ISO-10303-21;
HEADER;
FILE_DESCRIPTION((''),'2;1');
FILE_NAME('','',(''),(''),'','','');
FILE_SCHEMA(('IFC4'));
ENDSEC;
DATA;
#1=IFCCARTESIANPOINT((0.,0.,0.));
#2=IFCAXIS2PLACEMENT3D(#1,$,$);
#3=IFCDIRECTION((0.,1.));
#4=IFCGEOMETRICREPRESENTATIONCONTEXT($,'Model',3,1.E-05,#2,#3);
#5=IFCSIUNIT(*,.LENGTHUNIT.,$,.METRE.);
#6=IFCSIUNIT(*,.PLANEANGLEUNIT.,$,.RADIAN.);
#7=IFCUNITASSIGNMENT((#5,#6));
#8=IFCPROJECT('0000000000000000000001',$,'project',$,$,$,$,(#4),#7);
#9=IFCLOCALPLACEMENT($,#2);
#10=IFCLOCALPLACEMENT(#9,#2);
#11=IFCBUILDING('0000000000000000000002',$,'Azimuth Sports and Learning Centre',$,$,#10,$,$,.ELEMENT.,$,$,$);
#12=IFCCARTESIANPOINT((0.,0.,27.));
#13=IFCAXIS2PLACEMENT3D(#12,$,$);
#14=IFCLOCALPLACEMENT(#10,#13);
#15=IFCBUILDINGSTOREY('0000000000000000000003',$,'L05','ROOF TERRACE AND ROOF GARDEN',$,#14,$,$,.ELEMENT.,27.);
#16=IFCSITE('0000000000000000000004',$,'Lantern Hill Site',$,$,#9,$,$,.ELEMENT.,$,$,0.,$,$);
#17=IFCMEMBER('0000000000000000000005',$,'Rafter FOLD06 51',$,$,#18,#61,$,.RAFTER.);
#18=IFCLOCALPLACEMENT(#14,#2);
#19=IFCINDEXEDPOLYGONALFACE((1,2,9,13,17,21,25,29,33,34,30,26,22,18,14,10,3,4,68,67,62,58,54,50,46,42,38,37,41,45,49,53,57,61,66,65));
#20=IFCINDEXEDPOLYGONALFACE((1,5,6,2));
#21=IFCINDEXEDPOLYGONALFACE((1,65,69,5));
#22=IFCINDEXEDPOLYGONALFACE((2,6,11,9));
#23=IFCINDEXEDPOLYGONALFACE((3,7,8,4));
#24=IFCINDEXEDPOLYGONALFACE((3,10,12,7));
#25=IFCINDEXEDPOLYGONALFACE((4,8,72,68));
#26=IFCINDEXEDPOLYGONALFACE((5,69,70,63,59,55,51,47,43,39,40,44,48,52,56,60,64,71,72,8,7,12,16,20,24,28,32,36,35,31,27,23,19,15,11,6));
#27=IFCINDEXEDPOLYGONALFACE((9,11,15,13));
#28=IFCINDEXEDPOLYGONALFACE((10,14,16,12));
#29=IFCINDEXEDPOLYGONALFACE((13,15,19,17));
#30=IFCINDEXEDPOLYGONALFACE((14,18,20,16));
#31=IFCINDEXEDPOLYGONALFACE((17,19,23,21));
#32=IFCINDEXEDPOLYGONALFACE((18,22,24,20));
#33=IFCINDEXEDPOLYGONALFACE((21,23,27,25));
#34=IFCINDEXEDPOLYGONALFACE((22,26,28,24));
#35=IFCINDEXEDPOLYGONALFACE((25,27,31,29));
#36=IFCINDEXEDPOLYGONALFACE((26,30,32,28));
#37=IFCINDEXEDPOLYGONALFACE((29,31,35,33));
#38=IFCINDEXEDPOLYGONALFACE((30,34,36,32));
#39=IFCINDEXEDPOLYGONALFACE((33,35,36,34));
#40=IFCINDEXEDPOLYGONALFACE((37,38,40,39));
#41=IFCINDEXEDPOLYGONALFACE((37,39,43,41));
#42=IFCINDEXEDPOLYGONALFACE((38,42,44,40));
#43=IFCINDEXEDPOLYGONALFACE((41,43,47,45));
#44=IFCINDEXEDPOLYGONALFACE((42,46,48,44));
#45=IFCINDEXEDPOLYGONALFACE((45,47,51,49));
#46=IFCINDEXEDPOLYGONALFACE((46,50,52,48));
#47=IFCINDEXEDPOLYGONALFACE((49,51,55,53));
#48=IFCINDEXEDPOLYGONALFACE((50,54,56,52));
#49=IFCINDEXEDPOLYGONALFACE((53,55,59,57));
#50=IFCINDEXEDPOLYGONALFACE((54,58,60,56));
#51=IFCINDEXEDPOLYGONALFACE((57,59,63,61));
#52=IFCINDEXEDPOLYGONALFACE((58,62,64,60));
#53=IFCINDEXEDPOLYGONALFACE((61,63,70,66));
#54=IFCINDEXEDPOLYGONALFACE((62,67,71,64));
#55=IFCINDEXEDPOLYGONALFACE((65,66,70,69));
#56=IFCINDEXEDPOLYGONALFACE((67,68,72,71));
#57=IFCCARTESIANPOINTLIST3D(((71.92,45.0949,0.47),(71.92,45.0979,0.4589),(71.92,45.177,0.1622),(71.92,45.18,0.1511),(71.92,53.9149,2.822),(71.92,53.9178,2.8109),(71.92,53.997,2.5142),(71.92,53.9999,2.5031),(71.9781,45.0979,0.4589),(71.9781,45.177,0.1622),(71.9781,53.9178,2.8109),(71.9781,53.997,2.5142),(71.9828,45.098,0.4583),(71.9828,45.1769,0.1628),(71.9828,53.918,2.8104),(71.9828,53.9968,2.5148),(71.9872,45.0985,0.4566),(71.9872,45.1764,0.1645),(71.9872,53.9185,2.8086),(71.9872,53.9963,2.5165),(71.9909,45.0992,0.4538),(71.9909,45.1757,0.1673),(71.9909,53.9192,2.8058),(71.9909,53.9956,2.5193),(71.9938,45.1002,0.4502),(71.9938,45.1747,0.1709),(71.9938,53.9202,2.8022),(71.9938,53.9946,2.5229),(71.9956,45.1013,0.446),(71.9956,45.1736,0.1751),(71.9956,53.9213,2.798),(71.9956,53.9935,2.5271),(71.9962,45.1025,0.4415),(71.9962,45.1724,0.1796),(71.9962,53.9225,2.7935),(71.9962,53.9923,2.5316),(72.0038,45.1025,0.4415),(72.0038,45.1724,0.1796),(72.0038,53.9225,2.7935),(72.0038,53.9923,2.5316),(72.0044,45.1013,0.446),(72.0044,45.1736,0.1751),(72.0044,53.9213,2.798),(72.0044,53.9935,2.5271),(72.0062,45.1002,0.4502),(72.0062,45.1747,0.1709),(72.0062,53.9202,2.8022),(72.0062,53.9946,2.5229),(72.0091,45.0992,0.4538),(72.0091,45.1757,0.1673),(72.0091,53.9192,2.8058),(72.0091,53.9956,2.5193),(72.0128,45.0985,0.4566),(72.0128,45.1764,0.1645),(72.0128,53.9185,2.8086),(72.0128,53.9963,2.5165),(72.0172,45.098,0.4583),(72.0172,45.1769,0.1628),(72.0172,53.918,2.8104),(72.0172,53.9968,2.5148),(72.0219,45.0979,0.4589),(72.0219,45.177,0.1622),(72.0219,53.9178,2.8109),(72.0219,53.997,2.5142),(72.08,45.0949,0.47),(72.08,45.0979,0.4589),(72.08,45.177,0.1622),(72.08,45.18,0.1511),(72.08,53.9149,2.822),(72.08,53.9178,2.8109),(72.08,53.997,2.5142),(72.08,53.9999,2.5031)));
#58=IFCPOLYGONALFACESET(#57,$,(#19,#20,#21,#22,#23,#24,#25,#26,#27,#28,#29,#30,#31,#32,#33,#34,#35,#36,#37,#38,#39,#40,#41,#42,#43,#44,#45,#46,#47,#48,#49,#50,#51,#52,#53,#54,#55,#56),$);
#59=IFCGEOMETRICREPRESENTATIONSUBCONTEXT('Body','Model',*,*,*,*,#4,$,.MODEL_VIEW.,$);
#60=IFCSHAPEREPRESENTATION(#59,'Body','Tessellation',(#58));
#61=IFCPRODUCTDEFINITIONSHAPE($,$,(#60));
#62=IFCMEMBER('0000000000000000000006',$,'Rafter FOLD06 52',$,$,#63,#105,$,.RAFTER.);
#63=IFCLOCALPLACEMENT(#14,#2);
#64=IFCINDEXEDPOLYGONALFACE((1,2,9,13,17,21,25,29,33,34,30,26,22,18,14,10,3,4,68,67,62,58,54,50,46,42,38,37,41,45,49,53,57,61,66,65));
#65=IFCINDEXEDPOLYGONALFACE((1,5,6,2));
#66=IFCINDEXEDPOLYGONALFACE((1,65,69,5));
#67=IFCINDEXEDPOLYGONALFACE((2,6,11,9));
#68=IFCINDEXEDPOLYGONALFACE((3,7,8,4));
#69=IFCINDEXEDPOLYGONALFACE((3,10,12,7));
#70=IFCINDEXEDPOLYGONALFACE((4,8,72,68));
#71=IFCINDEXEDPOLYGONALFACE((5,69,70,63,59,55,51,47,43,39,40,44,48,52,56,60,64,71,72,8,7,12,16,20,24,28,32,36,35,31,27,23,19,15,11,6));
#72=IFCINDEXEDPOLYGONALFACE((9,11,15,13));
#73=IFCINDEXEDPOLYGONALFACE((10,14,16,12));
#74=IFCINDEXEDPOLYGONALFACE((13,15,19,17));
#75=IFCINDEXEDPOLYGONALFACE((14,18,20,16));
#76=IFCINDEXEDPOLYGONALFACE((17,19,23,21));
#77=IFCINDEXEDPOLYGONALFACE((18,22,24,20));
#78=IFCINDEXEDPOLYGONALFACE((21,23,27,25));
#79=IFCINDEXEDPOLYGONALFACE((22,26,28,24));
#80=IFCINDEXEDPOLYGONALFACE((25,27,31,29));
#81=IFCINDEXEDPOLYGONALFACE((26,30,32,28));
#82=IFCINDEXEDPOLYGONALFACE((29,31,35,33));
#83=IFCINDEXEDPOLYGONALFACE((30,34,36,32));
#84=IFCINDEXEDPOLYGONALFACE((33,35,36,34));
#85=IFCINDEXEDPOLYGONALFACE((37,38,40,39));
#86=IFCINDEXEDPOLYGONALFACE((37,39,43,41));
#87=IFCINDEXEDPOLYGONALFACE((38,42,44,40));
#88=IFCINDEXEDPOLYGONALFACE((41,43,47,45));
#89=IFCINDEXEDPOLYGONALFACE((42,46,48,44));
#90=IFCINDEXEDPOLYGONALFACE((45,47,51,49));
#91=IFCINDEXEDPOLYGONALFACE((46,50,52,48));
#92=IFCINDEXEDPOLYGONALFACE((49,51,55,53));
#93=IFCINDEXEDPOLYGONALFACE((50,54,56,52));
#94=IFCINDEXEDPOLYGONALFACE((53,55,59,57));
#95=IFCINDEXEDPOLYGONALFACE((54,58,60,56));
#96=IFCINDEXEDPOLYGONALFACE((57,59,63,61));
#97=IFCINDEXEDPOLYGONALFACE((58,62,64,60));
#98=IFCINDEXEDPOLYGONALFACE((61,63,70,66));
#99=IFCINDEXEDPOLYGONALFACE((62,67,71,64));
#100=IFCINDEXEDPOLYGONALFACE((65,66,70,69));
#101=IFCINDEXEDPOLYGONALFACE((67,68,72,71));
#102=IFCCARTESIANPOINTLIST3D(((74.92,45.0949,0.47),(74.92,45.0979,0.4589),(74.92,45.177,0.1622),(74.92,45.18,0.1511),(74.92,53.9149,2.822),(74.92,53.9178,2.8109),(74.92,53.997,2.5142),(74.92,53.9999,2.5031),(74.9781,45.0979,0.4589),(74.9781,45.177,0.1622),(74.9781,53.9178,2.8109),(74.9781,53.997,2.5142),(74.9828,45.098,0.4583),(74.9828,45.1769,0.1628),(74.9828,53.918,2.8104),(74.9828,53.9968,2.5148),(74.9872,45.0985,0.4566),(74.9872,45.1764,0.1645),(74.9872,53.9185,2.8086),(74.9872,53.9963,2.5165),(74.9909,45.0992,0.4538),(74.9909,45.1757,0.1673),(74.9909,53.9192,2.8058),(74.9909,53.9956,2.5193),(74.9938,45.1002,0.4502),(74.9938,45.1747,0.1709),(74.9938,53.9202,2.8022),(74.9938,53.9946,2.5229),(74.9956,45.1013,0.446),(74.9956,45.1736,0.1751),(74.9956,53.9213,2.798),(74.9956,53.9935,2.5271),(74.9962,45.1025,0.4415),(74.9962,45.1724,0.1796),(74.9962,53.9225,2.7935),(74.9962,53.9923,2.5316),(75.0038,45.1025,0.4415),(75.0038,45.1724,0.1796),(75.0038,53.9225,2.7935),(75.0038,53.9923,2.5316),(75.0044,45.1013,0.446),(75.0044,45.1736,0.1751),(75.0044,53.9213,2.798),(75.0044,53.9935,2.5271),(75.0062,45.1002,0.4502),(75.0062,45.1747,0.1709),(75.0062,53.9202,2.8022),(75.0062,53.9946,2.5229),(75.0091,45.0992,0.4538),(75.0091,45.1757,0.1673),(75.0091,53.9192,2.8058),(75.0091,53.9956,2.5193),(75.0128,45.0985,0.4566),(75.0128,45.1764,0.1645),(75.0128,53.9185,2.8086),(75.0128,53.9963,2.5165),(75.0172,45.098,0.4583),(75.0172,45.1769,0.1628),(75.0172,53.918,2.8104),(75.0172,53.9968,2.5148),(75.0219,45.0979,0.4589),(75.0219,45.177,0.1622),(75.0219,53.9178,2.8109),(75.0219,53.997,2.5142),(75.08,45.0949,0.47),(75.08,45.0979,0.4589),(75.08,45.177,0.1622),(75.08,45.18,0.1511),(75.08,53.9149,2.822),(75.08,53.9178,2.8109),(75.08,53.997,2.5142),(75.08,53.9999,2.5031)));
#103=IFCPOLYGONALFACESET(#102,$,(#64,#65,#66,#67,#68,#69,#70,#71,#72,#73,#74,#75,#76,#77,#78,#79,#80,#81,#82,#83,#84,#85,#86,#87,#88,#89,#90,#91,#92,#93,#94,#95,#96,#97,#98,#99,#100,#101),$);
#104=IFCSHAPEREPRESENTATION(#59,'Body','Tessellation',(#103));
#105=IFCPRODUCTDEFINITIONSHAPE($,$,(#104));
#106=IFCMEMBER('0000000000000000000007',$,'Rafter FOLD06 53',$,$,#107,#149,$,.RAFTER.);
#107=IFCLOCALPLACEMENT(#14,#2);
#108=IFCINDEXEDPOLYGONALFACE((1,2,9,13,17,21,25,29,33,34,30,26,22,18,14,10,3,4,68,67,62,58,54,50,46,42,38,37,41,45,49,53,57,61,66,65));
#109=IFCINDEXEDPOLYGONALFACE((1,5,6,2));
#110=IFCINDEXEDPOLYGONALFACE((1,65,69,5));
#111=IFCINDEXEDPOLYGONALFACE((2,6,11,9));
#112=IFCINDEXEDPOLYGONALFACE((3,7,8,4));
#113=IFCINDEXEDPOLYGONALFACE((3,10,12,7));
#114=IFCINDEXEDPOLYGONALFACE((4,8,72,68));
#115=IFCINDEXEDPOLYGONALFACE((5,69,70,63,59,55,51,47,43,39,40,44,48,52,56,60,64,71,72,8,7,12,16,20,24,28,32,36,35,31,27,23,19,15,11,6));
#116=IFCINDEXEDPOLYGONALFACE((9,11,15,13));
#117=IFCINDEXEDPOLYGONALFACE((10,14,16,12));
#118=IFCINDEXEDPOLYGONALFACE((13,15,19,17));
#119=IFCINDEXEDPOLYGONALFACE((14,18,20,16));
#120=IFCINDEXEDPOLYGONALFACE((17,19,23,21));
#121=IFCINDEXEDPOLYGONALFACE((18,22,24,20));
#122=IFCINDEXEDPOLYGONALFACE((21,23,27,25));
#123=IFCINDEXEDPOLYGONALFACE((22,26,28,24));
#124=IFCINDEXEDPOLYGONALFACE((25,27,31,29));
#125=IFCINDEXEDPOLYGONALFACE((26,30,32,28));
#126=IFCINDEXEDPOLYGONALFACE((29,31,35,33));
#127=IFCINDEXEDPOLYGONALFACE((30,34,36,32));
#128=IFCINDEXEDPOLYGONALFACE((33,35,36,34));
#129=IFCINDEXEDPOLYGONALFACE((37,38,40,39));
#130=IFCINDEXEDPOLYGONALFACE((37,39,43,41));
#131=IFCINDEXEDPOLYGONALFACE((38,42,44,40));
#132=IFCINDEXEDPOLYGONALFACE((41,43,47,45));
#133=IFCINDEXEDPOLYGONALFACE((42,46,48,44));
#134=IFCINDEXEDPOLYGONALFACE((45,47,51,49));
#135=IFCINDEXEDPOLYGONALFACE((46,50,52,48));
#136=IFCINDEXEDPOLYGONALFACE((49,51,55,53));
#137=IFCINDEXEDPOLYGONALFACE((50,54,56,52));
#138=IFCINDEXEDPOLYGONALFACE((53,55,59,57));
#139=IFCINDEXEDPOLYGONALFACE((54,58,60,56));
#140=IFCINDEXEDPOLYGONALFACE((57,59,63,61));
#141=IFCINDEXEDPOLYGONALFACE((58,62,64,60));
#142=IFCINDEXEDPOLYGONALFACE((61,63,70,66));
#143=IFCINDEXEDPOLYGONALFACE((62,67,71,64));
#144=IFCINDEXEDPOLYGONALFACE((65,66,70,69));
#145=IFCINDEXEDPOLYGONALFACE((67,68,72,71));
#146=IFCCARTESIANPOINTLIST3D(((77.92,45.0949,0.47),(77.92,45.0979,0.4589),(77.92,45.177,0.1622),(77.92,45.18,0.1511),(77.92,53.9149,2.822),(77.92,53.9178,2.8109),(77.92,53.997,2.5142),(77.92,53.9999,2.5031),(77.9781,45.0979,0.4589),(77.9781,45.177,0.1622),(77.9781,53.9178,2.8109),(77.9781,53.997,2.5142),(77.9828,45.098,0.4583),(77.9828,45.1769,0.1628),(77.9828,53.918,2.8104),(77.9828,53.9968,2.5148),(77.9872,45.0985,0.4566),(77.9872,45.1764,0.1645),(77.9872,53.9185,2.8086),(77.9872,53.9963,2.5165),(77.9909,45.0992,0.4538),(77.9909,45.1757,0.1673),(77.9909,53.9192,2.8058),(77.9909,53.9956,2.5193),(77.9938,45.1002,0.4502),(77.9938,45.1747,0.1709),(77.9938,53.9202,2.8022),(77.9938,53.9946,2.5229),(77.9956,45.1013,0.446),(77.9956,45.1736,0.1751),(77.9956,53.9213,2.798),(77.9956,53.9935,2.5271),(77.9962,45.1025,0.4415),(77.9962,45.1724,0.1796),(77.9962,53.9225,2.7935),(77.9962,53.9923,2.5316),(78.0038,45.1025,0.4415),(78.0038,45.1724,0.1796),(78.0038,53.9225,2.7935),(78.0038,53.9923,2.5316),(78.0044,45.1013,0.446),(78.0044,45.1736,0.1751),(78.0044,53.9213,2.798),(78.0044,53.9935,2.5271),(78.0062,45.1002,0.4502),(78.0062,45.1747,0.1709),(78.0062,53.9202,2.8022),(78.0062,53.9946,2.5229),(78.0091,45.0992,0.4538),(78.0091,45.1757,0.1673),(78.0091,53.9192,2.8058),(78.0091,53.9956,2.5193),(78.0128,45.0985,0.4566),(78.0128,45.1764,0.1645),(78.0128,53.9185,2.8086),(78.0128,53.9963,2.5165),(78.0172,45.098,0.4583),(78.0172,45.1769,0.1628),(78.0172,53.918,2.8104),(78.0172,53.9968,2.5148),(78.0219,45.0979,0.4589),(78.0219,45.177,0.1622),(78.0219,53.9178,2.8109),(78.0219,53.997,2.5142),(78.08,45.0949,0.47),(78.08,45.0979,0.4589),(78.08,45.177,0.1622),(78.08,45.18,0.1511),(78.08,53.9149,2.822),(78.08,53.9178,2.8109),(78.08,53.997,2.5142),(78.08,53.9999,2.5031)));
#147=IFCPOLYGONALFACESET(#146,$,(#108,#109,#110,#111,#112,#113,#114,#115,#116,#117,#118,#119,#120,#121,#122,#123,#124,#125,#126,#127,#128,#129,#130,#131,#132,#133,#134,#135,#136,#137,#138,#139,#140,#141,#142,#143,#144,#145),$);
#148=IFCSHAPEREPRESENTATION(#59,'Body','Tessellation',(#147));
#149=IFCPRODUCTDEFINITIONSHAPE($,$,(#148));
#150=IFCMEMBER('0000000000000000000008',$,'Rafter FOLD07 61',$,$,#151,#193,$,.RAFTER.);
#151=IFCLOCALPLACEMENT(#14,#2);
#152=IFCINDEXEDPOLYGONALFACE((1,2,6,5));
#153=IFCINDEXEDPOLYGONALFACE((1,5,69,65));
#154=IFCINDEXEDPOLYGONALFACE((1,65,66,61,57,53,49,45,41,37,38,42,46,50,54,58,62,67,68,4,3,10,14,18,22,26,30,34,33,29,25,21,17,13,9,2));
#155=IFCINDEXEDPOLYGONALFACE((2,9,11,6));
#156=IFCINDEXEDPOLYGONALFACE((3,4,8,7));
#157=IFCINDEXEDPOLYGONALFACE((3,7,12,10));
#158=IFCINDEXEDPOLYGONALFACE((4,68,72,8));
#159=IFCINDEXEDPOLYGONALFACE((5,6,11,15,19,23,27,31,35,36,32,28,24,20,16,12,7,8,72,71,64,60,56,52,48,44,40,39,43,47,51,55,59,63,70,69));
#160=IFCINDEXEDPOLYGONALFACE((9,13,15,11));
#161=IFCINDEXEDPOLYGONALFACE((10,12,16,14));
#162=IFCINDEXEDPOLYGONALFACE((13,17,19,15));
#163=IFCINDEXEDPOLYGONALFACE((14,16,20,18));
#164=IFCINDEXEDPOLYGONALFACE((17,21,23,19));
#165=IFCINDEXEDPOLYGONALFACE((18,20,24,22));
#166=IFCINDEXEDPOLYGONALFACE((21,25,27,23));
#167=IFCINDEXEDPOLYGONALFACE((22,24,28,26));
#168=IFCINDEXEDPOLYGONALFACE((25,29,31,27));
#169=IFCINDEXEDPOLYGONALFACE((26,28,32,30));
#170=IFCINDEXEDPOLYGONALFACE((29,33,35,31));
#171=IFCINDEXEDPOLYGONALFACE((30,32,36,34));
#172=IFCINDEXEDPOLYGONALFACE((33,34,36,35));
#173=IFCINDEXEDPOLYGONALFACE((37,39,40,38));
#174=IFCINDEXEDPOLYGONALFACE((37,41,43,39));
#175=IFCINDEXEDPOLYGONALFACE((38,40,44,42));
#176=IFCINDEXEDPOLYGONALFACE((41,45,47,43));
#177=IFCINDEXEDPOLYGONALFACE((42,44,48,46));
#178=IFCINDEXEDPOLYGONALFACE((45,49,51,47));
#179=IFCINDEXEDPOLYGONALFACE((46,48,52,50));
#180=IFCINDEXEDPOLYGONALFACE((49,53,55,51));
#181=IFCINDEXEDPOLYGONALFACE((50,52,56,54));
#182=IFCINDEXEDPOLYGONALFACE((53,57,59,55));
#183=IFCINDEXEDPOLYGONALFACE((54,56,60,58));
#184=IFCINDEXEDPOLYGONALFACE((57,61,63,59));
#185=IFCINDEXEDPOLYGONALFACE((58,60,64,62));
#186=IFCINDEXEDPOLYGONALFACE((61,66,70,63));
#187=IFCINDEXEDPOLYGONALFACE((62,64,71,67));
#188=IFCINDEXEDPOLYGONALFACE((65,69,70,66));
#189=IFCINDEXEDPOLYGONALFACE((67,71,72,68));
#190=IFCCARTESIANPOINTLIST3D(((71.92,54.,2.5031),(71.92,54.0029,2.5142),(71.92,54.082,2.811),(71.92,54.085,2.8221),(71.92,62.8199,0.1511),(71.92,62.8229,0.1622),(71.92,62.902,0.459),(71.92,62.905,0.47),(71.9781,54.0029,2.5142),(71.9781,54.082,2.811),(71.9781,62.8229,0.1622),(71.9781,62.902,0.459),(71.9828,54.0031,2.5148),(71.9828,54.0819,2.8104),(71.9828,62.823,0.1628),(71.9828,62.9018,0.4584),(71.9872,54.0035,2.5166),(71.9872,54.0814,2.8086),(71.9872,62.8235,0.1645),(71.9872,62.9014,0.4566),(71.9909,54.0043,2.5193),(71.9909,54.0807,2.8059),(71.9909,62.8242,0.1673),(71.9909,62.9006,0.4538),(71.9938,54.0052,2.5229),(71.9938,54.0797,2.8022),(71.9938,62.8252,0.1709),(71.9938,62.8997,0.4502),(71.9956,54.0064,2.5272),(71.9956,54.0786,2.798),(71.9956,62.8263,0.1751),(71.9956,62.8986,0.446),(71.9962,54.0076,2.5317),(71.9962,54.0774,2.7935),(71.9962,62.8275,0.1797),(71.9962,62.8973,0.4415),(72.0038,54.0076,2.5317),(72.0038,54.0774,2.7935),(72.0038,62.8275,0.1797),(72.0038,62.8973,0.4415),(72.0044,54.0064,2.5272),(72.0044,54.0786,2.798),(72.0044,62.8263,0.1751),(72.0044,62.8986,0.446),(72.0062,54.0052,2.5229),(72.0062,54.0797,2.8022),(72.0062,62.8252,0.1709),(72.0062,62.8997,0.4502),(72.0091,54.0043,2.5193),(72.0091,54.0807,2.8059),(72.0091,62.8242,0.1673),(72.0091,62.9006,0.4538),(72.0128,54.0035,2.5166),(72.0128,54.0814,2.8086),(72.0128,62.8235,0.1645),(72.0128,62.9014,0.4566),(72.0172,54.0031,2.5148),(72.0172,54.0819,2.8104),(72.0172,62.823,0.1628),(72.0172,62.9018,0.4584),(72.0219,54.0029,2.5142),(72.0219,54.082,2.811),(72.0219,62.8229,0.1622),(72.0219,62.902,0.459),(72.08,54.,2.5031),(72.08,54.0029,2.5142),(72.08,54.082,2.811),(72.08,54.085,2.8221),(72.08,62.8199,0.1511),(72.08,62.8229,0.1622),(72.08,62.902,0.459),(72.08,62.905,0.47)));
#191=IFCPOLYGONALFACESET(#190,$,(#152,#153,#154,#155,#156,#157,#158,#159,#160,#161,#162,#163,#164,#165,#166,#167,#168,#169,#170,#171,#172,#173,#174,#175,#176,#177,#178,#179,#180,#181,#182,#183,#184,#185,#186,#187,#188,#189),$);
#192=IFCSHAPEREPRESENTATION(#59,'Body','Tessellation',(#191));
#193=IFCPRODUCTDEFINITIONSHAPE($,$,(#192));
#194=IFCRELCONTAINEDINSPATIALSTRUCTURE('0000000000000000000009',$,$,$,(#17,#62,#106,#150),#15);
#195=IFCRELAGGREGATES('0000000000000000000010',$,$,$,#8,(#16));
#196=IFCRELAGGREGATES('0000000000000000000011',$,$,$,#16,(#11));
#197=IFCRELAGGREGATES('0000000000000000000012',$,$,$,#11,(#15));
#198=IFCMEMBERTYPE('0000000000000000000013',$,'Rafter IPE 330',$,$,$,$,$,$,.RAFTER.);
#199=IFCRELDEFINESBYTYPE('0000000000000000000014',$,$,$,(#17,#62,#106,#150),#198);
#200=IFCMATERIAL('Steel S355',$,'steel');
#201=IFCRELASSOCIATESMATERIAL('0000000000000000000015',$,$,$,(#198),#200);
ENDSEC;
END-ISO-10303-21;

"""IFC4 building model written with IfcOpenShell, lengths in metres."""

from ifc_helpers import new_model, si_unit, direction, frame, origin, origin_2d, place, context, subcontext, project, spatial, i_section, extrude, material, material_profile, profile_set, type_object, element, save


model = new_model("IFC4")

# Units and contexts
model_context = context("Model", 3, precision=1e-05, world=origin(), true_north=direction((0.0, 1.0)))
body_context = subcontext(model_context, "Body", "Model", "MODEL_VIEW")
ifc_project = project(units=[si_unit("LENGTHUNIT", "METRE"), si_unit("PLANEANGLEUNIT", "RADIAN")], contexts=[model_context])

# Site, building, storey
site_placement = place(None, origin())
site = spatial("IfcSite", under=ifc_project, at=site_placement, Name="Lantern Hill Site", CompositionType="ELEMENT", RefElevation=0.0)
building_placement = place(site_placement, origin())
building = spatial("IfcBuilding", under=site, at=building_placement, Name="Azimuth Sports and Learning Centre", CompositionType="ELEMENT")
storey_placement = place(building_placement, frame((0.0, 0.0, 27.0)))
storey = spatial("IfcBuildingStorey", under=building, at=storey_placement, Name="L05", Description="ROOF TERRACE AND ROOF GARDEN", CompositionType="ELEMENT", Elevation=27.0)

# Members
ifc_material_1 = material(Name="Steel S355", Category="steel")
ifc_material_profile_1 = material_profile(ifc_material_1, i_section(OverallWidth=0.1599, OverallDepth=0.3301, WebThickness=0.0076, FlangeThickness=0.0115, FilletRadius=0.0181, at=origin_2d()), Name="IPE 330")
ifc_profile_set_1 = profile_set([ifc_material_profile_1], Name="Steel S355")
member_type_1 = type_object("IfcMemberType", Name="Rafter IPE 330", PredefinedType="RAFTER", material=ifc_profile_set_1)
for number, where, z_axis, x_axis, name in (
    (1, (72.0, 45.1375, 0.3105), (0.0, 0.966234, 0.257666), (-1.0, 0.0, 0.0), "Rafter FOLD06 51"),
    (2, (75.0, 45.1375, 0.3105), (0.0, 0.966234, 0.257666), (-1.0, 0.0, 0.0), "Rafter FOLD06 52"),
    (3, (78.0, 45.1375, 0.3105), (0.0, 0.966234, 0.257666), (-1.0, 0.0, 0.0), "Rafter FOLD06 53"),
    (4, (72.0, 54.0425, 2.6626), (0.0, 0.966234, -0.257666), (-1.0, 0.0, 0.0), "Rafter FOLD07 61"),
):
    element("IfcMember", number, at=place(storey_placement, frame(where, z_axis=z_axis, x_axis=x_axis)), inside=storey, type_object=member_type_1, Name=name, PredefinedType="RAFTER", context=body_context, shape_type="SweptSolid", body=[
        extrude(i_section(OverallWidth=0.1599, OverallDepth=0.3301, WebThickness=0.0076, FlangeThickness=0.0115, FilletRadius=0.0181, at=origin_2d()), origin(), (0.0, 0.0, 1.0), 9.1282),
    ])

save(model, "model.ifc")
